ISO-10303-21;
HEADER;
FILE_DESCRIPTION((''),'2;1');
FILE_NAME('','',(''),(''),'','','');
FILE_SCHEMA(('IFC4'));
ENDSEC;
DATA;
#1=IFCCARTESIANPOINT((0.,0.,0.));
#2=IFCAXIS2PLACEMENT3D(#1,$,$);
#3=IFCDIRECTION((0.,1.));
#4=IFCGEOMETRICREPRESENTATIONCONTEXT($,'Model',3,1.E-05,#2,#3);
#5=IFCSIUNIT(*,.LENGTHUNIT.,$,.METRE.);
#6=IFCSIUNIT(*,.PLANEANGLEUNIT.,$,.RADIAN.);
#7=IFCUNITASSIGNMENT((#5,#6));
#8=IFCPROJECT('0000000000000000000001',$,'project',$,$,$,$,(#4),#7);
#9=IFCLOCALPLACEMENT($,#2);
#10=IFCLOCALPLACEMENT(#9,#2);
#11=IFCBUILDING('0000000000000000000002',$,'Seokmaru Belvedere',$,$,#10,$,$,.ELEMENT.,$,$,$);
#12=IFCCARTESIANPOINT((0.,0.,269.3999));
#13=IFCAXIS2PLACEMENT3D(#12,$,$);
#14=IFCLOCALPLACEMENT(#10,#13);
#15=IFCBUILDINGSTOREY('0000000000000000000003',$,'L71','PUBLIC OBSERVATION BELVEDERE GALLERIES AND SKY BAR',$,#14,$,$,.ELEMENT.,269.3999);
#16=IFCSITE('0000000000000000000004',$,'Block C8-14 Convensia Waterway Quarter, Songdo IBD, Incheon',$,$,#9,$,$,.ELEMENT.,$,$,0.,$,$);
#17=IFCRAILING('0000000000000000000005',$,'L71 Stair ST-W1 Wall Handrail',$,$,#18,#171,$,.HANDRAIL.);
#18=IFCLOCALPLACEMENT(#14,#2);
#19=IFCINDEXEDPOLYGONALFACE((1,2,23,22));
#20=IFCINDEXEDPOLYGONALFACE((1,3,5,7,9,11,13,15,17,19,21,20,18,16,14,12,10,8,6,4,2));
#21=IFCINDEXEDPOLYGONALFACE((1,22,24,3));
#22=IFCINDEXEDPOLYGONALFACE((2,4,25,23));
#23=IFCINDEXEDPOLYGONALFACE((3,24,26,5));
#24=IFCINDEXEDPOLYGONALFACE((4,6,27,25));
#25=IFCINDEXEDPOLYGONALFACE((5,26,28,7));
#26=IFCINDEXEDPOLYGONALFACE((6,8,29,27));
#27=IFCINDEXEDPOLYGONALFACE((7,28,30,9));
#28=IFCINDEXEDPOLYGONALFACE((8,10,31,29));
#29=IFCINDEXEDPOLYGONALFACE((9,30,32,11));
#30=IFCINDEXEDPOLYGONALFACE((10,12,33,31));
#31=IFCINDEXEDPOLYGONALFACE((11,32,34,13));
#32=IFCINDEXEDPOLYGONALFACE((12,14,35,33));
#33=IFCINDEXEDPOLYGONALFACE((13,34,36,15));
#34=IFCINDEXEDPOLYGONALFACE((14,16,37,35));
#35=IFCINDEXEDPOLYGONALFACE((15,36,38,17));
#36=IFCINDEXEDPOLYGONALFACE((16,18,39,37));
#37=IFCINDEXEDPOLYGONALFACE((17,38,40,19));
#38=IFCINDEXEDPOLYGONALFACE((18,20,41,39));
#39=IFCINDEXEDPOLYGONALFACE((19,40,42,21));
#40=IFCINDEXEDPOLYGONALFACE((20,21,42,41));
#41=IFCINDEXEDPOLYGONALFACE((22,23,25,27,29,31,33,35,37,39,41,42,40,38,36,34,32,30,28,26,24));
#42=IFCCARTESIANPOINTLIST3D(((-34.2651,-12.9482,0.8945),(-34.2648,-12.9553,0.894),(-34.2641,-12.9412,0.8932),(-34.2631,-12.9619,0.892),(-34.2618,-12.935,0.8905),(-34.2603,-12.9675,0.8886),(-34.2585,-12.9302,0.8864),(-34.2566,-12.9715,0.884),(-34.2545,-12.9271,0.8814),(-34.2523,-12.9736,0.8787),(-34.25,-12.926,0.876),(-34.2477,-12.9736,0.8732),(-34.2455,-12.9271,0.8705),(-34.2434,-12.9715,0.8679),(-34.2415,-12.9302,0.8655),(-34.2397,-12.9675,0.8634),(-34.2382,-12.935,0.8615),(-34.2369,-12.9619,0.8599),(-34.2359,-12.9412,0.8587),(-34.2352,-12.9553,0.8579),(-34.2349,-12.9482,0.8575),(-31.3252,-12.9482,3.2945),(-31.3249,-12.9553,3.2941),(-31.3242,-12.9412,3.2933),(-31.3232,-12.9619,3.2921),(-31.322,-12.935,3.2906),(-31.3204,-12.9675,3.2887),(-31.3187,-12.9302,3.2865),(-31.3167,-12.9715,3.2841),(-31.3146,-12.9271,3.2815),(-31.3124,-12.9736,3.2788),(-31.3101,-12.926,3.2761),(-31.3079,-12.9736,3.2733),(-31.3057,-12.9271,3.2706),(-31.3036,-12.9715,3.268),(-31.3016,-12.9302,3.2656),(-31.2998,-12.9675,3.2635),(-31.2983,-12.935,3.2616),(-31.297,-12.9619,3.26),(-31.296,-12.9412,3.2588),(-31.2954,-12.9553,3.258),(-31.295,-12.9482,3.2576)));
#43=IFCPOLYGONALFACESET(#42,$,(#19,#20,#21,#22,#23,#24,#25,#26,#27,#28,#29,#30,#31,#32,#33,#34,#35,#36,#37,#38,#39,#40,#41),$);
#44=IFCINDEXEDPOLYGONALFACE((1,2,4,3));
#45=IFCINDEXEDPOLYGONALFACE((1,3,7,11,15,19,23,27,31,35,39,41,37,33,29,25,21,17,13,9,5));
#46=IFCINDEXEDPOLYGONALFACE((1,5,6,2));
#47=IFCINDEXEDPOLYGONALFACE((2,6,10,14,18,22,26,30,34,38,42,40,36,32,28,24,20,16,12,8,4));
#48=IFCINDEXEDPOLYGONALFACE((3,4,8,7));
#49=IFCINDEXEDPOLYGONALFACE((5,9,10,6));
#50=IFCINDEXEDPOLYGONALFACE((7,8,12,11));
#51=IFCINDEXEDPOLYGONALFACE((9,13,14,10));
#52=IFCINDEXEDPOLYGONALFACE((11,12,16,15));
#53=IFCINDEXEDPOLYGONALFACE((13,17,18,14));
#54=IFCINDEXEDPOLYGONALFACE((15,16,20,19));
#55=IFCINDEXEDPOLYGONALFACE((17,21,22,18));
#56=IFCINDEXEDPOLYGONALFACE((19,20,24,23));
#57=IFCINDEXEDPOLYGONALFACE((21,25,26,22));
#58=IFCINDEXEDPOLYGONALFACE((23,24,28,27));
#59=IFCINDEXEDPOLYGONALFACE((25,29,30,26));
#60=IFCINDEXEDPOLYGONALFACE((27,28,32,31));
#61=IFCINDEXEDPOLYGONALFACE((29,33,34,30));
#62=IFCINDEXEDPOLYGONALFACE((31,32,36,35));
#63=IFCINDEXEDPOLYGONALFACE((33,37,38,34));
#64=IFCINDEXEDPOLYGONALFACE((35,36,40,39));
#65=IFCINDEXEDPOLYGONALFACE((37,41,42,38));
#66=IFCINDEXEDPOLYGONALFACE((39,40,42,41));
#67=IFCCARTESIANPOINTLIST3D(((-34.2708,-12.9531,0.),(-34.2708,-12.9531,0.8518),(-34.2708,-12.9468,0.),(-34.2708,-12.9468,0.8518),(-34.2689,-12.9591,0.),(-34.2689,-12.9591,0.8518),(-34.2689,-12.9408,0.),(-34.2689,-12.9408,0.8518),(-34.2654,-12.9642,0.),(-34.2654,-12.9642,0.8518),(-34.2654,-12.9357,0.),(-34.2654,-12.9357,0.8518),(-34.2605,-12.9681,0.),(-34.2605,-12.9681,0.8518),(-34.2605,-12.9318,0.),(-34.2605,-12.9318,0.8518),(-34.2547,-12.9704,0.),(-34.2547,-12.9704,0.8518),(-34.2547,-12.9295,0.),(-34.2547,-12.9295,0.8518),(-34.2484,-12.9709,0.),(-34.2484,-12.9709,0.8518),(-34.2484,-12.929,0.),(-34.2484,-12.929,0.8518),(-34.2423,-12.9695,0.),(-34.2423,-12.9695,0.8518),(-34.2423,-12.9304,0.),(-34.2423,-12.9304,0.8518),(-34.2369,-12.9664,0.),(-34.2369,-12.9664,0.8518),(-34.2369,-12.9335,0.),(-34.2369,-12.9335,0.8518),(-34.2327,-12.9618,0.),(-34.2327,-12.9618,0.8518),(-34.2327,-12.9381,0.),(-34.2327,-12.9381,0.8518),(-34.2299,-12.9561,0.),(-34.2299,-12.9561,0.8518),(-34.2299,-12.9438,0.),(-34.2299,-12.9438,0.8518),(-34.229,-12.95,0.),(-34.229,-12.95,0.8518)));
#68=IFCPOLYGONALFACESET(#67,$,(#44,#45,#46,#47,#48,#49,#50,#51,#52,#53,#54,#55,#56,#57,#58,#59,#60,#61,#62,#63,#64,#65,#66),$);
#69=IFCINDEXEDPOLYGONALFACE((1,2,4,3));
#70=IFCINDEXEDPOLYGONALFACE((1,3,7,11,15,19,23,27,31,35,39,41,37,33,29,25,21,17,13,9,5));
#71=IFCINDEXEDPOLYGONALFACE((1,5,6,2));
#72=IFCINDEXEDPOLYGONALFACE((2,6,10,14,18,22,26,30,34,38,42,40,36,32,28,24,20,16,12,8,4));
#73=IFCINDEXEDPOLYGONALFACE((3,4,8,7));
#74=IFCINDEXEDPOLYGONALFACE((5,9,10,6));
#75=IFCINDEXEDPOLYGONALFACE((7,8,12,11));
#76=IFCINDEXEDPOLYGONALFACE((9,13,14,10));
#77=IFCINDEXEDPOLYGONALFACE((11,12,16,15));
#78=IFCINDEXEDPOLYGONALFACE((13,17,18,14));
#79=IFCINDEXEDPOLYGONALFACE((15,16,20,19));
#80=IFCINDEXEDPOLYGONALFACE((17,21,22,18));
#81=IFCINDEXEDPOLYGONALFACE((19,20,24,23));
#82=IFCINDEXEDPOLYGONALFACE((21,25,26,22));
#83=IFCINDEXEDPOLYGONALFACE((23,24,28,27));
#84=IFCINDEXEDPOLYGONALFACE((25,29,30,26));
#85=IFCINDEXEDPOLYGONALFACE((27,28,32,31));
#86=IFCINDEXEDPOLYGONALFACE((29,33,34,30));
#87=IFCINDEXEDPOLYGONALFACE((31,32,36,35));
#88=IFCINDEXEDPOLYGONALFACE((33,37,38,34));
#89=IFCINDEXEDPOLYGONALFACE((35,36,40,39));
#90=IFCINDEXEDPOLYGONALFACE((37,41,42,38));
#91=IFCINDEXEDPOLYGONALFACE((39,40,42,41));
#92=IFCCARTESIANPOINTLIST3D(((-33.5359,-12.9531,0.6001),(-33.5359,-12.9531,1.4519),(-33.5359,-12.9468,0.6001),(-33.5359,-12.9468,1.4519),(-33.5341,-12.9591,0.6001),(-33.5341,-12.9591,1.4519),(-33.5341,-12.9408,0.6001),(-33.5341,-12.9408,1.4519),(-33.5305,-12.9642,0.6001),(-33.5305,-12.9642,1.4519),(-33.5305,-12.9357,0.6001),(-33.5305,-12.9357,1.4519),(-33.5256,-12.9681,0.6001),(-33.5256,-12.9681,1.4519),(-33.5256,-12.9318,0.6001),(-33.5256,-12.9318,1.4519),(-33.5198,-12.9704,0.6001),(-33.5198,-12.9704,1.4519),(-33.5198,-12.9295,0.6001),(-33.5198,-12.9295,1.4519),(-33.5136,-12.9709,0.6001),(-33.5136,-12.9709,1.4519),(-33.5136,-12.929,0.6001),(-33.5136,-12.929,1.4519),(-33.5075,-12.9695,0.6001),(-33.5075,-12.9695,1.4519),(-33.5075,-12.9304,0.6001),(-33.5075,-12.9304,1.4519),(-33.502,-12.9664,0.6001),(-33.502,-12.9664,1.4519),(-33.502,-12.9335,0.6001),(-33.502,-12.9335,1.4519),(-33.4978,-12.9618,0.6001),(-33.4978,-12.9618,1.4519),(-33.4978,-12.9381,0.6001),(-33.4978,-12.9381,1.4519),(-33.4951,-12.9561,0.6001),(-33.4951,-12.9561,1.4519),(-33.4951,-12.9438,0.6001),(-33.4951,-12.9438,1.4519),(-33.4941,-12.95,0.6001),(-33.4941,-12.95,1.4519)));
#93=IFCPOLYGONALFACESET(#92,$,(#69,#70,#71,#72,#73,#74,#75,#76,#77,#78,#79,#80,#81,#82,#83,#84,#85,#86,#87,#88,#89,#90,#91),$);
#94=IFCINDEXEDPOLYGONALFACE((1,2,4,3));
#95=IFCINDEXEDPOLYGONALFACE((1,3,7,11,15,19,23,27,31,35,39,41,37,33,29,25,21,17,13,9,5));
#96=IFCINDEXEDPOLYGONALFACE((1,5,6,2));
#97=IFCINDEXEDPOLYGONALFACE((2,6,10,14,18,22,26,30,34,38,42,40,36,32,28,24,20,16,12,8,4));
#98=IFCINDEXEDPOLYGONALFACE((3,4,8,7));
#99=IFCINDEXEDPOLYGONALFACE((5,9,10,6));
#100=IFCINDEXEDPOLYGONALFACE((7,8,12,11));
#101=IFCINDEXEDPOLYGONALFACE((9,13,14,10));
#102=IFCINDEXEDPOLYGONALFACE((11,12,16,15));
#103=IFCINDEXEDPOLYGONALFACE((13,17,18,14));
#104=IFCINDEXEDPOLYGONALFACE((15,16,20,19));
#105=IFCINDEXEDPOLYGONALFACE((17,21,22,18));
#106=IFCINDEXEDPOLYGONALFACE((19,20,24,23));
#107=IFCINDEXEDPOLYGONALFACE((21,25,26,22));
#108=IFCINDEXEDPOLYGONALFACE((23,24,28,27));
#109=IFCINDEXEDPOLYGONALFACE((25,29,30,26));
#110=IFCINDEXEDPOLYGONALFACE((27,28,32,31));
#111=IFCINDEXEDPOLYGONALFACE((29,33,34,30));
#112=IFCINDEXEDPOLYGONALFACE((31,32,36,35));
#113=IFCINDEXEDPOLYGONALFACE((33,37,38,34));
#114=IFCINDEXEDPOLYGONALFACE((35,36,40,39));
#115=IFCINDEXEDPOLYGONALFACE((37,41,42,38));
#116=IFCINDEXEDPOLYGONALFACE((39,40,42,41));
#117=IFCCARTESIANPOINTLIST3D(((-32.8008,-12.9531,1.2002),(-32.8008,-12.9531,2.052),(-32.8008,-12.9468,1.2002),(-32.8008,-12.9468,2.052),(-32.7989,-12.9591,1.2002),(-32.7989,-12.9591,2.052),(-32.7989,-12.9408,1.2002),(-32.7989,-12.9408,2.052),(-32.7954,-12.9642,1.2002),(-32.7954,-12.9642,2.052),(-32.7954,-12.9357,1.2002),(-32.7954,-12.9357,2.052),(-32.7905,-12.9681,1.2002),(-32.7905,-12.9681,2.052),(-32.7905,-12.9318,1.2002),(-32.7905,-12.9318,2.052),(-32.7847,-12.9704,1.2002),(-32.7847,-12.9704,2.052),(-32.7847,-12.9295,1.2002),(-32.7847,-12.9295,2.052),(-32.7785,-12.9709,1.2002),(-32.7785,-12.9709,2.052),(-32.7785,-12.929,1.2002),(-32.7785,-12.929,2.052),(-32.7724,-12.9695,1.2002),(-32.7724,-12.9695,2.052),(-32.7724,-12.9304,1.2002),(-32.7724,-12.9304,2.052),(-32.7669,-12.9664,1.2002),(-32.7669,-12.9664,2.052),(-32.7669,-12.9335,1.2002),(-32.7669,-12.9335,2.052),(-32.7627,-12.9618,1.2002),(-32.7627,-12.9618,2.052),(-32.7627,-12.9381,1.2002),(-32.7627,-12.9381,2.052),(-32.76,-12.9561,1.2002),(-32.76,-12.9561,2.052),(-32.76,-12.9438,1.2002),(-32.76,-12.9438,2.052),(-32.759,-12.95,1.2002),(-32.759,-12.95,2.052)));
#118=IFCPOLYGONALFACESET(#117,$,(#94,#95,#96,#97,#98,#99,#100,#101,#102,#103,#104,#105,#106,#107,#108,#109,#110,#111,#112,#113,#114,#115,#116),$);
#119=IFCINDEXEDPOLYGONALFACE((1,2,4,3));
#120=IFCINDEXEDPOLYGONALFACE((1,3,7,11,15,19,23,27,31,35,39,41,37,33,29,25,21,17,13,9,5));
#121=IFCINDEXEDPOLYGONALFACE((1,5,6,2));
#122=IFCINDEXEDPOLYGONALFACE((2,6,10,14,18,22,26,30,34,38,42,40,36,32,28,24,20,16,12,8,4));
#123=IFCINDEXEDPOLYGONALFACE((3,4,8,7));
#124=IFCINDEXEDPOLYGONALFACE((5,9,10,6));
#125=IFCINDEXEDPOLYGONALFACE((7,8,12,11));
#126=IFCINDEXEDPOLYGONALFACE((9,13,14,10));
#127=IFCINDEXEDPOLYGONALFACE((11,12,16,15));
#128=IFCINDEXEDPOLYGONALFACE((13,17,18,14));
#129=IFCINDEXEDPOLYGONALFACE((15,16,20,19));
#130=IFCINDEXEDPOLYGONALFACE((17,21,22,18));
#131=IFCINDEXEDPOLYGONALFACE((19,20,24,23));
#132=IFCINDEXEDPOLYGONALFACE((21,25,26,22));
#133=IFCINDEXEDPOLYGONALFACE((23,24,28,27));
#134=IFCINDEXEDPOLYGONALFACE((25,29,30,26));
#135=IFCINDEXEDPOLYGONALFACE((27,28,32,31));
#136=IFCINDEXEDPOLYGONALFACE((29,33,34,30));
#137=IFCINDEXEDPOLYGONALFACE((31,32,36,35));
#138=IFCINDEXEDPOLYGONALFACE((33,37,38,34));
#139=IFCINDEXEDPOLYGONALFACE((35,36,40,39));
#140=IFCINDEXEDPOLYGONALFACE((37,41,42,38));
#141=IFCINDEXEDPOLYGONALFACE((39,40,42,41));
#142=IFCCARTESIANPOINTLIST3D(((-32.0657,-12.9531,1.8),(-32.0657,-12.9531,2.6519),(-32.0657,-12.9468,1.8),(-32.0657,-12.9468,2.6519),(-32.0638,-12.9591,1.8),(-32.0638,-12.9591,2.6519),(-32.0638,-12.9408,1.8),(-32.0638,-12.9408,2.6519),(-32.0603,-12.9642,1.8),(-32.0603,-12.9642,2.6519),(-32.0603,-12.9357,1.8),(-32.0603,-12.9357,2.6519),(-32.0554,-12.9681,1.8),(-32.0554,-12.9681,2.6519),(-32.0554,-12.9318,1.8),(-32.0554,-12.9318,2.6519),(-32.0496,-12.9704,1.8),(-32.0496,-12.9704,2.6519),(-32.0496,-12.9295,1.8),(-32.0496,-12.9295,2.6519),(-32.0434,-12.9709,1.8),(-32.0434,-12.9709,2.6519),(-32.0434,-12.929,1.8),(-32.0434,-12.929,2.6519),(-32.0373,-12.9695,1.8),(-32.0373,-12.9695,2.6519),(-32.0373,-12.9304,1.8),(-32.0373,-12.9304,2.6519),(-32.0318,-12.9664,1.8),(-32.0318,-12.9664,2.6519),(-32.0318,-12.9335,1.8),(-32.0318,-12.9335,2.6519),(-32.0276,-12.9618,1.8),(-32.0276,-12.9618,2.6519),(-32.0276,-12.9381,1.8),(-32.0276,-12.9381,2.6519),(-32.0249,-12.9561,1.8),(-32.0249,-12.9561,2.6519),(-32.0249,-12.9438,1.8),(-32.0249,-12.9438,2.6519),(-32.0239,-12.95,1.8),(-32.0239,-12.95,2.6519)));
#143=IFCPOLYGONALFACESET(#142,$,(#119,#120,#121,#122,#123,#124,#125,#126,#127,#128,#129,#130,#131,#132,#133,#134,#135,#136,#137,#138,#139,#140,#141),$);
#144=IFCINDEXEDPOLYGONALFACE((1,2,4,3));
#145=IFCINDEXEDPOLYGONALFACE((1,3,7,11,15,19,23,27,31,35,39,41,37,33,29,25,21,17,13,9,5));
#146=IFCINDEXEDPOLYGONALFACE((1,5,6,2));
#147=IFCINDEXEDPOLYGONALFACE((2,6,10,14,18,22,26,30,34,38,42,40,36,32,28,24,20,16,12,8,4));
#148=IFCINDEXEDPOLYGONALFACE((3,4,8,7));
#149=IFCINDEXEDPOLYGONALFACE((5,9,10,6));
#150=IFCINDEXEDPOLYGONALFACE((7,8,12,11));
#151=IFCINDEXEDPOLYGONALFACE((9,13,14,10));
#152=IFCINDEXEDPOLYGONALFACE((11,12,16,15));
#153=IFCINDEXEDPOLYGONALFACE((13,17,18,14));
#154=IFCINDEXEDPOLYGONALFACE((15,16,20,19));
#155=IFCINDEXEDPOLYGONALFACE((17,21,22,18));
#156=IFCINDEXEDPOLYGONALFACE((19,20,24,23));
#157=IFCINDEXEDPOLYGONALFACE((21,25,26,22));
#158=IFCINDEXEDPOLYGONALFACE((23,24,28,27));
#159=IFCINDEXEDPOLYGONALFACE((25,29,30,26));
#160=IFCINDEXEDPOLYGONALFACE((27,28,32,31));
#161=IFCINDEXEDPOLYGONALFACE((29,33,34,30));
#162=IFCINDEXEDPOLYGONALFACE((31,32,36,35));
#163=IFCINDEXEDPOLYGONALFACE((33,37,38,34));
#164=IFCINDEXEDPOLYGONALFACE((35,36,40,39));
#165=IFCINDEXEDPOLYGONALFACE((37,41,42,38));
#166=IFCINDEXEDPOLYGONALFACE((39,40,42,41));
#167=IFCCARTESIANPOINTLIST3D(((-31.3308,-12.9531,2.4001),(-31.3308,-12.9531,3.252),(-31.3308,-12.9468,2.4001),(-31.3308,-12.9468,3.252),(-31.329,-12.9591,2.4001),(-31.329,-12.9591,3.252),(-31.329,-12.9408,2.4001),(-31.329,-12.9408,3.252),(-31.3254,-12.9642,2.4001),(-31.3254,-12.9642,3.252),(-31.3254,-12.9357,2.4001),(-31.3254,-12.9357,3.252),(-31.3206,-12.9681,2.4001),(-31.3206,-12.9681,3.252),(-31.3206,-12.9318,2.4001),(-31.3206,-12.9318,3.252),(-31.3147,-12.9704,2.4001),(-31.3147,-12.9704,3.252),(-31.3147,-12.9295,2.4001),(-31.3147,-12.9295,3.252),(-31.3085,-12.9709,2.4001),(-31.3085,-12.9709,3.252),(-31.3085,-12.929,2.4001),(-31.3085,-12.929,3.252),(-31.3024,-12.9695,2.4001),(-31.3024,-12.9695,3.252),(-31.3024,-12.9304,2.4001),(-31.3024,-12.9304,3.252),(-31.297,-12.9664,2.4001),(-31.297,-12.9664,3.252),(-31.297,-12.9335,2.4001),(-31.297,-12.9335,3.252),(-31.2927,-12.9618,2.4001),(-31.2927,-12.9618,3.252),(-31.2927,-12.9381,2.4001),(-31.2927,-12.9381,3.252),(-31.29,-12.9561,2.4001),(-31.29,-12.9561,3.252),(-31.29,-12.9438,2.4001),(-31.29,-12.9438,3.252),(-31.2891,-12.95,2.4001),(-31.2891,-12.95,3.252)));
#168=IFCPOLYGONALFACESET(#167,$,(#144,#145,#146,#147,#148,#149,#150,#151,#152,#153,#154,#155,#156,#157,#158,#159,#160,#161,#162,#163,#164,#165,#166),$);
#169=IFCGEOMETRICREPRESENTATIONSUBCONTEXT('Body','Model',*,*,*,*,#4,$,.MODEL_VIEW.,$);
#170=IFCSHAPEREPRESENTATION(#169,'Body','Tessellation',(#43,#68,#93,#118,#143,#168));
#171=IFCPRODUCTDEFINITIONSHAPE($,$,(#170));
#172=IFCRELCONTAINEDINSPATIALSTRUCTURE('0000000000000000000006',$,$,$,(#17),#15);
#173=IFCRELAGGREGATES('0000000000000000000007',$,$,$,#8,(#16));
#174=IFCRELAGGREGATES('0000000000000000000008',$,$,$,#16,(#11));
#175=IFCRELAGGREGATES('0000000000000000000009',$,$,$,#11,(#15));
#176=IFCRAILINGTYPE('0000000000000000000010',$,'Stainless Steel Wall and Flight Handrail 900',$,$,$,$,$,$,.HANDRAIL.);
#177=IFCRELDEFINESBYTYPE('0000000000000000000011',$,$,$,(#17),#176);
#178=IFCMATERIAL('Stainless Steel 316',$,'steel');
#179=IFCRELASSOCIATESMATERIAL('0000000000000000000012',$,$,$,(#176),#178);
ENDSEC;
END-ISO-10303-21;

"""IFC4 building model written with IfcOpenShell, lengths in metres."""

from ifc_helpers import new_model, si_unit, direction, frame, origin, origin_2d, place, context, subcontext, project, spatial, circle, extrude, material, type_object, element, save


model = new_model("IFC4")

# Units and contexts
model_context = context("Model", 3, precision=1e-05, world=origin(), true_north=direction((0.0, 1.0)))
body_context = subcontext(model_context, "Body", "Model", "MODEL_VIEW")
ifc_project = project(units=[si_unit("LENGTHUNIT", "METRE"), si_unit("PLANEANGLEUNIT", "RADIAN")], contexts=[model_context])

# Site, building, storey
site_placement = place(None, origin())
site = spatial("IfcSite", under=ifc_project, at=site_placement, Name="Block C8-14 Convensia Waterway Quarter, Songdo IBD, Incheon", CompositionType="ELEMENT", RefElevation=0.0)
building_placement = place(site_placement, origin())
building = spatial("IfcBuilding", under=site, at=building_placement, Name="Seokmaru Belvedere", CompositionType="ELEMENT")
storey_placement = place(building_placement, frame((0.0, 0.0, 269.3999)))
storey = spatial("IfcBuildingStorey", under=building, at=storey_placement, Name="L71", Description="PUBLIC OBSERVATION BELVEDERE GALLERIES AND SKY BAR", CompositionType="ELEMENT", Elevation=269.3999)

# Railing
ifc_material_1 = material(Name="Stainless Steel 316", Category="steel")
railing_type_1 = type_object("IfcRailingType", Name="Stainless Steel Wall and Flight Handrail 900", PredefinedType="HANDRAIL", material=ifc_material_1)
railing_1_placement = place(storey_placement, frame((-34.25, -12.95, 0.0)))
element("IfcRailing", 1, at=railing_1_placement, inside=storey, type_object=railing_type_1, Name="L71 Stair ST-W1 Wall Handrail", PredefinedType="HANDRAIL", context=body_context, shape_type="SweptSolid", body=[
    extrude(circle(Radius=0.0239, at=origin_2d()), frame((0.0, 0.0, 0.876), z_axis=(0.774636, 0.0, 0.632407), x_axis=(0.0, 1.0, 0.0)), (0.0, 0.0, 1.0), 3.7952),
    extrude(circle(Radius=0.021, at=origin_2d()), origin(), (0.0, 0.0, 1.0), 0.8518),
    extrude(circle(Radius=0.021, at=origin_2d()), frame((0.7349, 0.0, 0.6001)), (0.0, 0.0, 1.0), 0.8518),
    extrude(circle(Radius=0.021, at=origin_2d()), frame((1.47, 0.0, 1.2002)), (0.0, 0.0, 1.0), 0.8518),
    extrude(circle(Radius=0.021, at=origin_2d()), frame((2.2051, 0.0, 1.8)), (0.0, 0.0, 1.0), 0.8518),
    extrude(circle(Radius=0.021, at=origin_2d()), frame((2.9399, 0.0, 2.4001)), (0.0, 0.0, 1.0), 0.8518),
])

save(model, "model.ifc")
